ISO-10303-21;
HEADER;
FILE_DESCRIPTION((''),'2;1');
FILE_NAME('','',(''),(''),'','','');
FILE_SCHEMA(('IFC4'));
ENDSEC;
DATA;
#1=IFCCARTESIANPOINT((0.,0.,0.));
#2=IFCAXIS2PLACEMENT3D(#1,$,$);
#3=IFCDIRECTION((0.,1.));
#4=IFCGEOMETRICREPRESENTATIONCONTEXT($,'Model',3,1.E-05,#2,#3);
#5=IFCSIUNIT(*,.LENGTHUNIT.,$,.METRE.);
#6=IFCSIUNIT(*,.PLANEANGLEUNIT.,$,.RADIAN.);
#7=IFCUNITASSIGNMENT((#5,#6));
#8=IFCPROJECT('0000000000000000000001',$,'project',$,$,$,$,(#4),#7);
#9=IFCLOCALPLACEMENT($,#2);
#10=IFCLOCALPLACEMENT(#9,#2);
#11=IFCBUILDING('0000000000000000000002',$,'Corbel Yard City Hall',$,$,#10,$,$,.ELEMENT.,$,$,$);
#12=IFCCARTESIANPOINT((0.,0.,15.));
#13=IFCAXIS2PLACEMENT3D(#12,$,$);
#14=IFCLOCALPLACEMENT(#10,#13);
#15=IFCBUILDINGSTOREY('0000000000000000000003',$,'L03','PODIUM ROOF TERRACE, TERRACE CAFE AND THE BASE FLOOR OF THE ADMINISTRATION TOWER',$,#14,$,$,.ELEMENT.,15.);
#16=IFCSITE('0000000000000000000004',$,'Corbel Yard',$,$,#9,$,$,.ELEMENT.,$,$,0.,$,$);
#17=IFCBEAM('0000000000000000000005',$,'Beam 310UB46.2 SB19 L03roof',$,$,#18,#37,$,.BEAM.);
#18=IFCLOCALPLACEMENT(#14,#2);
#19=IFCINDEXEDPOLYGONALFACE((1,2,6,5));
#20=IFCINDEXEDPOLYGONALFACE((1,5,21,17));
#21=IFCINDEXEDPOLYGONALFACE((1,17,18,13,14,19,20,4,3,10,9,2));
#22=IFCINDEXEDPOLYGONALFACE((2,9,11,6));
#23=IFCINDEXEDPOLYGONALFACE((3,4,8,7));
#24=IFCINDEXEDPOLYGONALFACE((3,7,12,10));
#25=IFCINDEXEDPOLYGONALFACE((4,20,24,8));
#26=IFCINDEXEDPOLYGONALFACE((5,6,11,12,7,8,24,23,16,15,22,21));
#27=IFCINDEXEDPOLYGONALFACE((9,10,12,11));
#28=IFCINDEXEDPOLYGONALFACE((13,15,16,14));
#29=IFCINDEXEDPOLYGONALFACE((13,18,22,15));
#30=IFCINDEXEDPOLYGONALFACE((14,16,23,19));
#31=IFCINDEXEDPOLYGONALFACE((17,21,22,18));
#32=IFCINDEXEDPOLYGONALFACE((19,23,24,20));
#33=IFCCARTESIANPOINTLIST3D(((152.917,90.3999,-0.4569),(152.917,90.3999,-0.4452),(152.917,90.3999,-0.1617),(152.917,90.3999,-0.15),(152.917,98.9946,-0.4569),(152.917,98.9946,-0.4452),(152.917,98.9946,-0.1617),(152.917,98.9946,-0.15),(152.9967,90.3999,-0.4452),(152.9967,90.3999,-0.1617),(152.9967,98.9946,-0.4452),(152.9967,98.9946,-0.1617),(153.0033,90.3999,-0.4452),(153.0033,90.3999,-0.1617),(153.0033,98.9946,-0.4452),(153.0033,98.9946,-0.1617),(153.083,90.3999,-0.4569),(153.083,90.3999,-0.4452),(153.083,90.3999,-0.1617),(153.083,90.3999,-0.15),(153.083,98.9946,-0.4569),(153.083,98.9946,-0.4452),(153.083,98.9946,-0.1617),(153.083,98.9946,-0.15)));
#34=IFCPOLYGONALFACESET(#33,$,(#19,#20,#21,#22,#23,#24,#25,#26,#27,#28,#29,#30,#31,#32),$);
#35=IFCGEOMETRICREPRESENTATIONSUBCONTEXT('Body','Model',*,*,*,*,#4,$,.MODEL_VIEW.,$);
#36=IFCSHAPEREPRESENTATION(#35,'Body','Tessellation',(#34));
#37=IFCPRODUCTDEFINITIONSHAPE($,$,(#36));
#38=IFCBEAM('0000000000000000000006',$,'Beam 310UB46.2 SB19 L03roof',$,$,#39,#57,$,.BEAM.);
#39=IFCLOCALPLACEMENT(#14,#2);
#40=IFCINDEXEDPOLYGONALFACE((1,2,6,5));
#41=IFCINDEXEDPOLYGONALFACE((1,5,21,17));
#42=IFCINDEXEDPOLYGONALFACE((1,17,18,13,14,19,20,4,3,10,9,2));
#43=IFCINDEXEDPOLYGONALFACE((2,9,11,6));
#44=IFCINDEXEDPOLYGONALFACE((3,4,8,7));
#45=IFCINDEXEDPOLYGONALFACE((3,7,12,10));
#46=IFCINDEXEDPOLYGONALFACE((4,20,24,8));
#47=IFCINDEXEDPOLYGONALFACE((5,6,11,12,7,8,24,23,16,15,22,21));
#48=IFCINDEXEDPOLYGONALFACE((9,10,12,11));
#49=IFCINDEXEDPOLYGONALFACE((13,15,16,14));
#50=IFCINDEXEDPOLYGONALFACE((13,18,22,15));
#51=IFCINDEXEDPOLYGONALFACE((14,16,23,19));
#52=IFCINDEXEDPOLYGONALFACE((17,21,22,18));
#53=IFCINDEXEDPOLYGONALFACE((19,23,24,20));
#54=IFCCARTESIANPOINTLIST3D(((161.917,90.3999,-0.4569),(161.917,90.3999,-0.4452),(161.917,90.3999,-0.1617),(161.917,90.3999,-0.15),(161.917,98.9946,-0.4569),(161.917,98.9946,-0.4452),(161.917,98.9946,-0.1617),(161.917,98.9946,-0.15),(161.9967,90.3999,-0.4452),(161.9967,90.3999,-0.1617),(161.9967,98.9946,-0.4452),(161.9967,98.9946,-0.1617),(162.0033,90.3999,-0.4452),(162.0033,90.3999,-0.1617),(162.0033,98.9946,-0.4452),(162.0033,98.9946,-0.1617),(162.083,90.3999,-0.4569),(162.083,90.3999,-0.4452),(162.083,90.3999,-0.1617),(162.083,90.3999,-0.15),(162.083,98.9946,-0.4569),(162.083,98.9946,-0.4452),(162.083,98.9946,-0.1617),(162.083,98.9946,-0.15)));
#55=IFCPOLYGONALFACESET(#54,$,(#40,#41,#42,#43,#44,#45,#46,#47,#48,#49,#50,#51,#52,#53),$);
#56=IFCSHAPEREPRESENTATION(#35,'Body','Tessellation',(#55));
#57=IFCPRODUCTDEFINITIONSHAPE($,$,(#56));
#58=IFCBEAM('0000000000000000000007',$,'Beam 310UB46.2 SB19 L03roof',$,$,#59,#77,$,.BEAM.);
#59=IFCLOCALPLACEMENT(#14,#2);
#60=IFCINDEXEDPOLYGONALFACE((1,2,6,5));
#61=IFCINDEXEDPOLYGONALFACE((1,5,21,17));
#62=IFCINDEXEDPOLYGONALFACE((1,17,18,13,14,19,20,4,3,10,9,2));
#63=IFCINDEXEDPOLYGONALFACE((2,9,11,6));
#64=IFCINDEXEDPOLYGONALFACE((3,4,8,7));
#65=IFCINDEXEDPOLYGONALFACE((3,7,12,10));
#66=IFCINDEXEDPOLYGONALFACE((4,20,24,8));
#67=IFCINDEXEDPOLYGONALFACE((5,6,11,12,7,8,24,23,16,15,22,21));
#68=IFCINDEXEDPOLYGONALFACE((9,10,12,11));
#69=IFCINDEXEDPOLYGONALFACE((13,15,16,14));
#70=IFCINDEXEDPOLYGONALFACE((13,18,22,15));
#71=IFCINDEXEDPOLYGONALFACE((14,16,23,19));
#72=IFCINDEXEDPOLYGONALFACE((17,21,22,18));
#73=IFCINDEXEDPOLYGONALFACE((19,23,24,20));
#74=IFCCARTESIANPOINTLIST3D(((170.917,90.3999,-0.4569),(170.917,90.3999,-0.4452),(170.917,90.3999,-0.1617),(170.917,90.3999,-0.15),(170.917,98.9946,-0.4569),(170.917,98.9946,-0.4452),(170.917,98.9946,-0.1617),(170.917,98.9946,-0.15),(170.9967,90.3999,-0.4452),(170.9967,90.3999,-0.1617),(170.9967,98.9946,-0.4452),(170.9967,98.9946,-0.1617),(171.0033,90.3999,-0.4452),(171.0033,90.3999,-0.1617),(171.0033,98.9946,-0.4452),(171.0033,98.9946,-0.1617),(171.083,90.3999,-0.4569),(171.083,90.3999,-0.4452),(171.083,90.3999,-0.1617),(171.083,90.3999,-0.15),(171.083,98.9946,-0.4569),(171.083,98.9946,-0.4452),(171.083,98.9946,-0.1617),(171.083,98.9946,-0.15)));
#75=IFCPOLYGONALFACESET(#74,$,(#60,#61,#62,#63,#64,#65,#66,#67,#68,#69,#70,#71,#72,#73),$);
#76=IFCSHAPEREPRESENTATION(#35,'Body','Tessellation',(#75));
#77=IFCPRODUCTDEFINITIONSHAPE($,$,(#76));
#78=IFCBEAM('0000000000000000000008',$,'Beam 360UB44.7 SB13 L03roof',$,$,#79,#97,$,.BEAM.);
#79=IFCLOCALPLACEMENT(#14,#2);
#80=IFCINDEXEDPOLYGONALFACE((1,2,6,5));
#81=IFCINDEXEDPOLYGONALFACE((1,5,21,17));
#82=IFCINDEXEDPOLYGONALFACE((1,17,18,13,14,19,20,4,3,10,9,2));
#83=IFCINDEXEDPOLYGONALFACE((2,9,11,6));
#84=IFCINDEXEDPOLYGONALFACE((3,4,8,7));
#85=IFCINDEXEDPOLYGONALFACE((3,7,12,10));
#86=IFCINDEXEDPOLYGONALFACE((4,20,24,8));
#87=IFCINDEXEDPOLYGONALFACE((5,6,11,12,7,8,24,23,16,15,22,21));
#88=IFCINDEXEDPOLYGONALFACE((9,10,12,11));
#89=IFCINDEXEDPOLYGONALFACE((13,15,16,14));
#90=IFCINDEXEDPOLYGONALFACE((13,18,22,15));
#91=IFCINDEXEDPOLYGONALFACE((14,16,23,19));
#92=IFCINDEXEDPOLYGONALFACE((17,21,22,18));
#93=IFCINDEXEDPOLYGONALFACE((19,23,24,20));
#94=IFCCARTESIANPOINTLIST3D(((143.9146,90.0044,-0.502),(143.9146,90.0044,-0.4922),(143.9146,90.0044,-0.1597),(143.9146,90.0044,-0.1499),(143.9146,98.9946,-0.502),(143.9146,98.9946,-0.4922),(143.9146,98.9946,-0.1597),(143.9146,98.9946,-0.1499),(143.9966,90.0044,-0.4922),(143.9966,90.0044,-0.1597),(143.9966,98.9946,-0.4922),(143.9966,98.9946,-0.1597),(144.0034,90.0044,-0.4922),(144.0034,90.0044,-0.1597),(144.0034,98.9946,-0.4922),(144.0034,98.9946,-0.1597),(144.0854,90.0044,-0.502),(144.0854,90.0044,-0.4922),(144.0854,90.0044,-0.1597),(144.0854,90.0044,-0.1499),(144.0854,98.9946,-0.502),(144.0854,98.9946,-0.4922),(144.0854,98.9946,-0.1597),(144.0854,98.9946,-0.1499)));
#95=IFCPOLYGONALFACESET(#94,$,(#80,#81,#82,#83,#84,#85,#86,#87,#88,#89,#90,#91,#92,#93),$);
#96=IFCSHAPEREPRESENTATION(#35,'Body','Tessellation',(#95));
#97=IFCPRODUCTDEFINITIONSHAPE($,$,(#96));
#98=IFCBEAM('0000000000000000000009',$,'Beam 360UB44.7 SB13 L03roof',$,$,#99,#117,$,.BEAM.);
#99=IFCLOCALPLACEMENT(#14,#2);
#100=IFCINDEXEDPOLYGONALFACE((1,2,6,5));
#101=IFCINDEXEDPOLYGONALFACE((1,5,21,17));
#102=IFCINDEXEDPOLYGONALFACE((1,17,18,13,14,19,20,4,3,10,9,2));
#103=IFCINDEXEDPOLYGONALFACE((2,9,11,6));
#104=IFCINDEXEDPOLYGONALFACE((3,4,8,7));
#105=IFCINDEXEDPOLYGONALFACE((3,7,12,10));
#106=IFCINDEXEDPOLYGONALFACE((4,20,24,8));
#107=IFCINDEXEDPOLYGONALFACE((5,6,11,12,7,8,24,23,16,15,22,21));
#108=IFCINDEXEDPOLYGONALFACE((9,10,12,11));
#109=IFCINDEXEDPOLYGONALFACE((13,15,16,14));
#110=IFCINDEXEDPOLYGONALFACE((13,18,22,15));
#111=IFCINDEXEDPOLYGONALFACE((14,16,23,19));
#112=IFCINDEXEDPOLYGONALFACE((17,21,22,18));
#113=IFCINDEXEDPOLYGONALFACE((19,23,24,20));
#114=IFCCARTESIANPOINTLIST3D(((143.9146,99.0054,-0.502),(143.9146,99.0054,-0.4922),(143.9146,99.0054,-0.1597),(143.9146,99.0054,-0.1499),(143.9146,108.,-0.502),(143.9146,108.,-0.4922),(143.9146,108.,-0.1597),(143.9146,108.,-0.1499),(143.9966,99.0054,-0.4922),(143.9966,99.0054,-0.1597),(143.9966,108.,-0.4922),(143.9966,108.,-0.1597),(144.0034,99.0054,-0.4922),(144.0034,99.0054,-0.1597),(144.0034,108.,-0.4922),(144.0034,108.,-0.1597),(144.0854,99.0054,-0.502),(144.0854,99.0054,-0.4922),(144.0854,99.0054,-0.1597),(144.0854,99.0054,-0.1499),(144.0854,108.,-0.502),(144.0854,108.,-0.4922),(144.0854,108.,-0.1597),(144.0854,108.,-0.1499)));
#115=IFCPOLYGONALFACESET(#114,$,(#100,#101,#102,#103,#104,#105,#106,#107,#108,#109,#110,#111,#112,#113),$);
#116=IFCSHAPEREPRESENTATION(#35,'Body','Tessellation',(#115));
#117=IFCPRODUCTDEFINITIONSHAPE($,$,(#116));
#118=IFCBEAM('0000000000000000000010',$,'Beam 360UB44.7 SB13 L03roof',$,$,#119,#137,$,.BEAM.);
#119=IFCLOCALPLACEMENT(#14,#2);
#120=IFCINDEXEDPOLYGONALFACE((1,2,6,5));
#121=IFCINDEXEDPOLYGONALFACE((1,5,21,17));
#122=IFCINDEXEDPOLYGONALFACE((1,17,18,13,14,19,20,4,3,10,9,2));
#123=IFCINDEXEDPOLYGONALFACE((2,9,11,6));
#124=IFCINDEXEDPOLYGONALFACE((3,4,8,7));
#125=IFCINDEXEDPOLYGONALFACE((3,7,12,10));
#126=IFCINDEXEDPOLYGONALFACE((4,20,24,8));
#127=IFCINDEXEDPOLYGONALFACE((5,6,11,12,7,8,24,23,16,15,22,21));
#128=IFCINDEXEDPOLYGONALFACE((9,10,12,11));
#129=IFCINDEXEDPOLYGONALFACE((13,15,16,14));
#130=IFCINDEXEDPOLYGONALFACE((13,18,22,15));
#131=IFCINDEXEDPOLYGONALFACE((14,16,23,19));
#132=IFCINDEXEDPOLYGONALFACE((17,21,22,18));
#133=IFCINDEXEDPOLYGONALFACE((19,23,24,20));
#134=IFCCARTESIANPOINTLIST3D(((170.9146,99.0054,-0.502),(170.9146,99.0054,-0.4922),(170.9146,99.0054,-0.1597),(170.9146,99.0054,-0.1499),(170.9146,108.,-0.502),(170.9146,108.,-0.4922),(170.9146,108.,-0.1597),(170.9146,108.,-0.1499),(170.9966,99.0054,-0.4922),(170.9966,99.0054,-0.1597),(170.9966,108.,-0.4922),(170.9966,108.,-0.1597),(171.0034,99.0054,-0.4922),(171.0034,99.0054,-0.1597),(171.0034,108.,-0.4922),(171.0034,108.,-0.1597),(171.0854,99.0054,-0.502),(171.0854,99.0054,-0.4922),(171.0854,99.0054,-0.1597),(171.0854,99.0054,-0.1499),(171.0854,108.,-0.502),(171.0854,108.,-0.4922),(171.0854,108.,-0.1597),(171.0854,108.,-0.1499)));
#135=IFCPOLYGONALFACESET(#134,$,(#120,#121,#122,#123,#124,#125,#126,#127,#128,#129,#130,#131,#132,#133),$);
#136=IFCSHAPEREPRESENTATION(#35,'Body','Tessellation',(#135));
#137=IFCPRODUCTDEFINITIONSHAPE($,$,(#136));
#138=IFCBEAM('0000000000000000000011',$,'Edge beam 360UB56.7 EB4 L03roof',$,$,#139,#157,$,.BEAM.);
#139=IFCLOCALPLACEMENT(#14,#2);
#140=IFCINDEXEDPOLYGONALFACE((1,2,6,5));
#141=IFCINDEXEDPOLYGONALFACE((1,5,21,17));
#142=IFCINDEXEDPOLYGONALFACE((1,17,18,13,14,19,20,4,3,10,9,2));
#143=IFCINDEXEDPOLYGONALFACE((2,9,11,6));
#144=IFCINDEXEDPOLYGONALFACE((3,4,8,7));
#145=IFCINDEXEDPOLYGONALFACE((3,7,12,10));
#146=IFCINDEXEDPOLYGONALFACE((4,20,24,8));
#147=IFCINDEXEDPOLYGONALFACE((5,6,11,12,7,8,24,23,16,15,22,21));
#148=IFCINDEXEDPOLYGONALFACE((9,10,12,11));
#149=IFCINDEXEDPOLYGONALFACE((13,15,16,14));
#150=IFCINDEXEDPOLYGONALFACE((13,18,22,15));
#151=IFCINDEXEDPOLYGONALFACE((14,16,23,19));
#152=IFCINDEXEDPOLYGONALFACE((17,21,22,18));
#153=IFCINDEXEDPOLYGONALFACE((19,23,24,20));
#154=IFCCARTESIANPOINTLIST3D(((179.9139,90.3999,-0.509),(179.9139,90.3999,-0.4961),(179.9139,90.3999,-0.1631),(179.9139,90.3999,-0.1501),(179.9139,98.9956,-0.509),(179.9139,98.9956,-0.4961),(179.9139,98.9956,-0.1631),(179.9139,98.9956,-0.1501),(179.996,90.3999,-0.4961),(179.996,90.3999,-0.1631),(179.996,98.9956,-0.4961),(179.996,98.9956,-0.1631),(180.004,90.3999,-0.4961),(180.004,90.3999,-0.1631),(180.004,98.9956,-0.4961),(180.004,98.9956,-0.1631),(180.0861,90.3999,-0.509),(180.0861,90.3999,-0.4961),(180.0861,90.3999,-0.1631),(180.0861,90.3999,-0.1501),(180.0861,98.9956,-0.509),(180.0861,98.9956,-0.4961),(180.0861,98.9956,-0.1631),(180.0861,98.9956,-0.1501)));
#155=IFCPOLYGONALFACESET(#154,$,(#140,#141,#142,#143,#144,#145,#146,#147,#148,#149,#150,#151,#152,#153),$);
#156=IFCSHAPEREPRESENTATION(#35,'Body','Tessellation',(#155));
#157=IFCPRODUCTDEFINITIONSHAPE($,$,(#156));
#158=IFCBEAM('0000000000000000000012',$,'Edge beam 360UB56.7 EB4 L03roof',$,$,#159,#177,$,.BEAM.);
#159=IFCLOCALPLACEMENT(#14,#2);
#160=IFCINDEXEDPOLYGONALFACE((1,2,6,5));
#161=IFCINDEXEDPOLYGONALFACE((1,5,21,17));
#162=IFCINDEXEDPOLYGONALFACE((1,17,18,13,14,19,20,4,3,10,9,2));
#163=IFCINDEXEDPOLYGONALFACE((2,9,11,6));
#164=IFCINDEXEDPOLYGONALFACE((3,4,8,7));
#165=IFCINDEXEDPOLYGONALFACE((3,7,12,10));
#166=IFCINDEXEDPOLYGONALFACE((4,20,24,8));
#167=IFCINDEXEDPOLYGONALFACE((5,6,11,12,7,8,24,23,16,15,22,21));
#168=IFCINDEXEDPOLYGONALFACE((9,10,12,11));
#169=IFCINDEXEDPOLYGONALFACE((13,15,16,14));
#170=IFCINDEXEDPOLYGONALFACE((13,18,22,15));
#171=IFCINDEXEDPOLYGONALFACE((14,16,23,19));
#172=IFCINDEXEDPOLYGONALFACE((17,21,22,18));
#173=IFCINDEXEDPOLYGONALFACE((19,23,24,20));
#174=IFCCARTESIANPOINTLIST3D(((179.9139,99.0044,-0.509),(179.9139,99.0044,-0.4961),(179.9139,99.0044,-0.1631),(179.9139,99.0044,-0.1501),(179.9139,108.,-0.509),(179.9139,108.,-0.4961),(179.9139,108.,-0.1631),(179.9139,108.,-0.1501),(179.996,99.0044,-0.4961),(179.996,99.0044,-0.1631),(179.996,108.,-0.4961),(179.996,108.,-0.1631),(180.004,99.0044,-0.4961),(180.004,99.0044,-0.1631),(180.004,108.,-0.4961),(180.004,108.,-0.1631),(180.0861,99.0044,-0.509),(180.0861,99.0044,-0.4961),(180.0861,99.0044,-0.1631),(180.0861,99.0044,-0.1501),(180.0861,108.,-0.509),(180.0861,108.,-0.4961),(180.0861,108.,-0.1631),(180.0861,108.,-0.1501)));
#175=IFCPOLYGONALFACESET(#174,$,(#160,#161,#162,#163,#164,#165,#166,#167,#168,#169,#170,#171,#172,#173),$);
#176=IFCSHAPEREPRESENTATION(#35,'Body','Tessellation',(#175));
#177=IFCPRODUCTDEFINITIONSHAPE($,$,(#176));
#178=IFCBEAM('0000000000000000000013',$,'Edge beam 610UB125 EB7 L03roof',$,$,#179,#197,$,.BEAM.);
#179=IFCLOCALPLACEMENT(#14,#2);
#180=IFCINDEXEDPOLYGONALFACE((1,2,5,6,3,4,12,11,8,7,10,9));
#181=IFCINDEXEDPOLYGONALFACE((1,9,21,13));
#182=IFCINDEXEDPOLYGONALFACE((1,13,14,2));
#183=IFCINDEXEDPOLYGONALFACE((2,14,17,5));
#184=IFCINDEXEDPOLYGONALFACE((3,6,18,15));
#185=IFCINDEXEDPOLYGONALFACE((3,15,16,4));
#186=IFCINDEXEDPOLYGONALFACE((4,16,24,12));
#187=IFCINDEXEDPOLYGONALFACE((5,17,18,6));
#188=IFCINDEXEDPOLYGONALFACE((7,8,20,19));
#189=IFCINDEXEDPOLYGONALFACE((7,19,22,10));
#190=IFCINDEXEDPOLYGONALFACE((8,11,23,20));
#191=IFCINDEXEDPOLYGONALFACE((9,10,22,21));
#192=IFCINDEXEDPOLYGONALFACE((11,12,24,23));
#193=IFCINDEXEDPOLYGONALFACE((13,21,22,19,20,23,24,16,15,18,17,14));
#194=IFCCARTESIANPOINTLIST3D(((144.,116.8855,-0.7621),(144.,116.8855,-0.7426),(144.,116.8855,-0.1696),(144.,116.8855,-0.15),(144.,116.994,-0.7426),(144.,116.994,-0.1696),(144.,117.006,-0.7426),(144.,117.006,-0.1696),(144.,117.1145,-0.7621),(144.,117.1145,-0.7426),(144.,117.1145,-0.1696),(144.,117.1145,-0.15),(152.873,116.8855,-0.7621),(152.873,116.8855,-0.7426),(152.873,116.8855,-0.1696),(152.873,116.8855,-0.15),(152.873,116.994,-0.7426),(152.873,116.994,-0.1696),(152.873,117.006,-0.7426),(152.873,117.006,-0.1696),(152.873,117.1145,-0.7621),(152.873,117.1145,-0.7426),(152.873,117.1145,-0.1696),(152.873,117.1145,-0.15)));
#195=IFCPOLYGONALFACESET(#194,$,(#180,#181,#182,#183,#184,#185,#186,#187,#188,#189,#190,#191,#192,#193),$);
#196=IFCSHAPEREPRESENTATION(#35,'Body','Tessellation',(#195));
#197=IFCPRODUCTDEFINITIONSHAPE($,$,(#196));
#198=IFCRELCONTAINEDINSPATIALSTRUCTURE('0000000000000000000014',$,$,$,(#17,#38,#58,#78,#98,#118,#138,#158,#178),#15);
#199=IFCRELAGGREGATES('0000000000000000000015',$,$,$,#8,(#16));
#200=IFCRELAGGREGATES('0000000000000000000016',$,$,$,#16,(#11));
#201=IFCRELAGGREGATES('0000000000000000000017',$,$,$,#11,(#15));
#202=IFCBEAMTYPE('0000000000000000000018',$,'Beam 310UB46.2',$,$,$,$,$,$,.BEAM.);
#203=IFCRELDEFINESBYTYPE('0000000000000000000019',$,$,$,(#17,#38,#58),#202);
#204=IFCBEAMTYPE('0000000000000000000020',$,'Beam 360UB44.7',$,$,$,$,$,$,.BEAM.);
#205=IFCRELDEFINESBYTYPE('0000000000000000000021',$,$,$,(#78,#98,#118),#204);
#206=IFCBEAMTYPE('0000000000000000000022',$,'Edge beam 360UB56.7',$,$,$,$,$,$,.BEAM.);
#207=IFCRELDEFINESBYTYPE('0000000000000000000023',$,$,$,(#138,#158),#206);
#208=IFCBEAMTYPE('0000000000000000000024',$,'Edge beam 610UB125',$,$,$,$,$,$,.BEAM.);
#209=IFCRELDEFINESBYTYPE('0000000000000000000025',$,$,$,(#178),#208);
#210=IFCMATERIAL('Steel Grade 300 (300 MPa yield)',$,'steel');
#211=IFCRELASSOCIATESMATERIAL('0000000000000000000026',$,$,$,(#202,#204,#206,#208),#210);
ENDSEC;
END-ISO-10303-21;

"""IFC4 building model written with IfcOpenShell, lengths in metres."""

from ifc_helpers import new_model, si_unit, direction, frame, origin, origin_2d, place, context, subcontext, project, spatial, i_section, extrude, material, material_profile, profile_set, type_object, element, save


model = new_model("IFC4")

# Units and contexts
model_context = context("Model", 3, precision=1e-05, world=origin(), true_north=direction((0.0, 1.0)))
body_context = subcontext(model_context, "Body", "Model", "MODEL_VIEW")
ifc_project = project(units=[si_unit("LENGTHUNIT", "METRE"), si_unit("PLANEANGLEUNIT", "RADIAN")], contexts=[model_context])

# Site, building, storey
site_placement = place(None, origin())
site = spatial("IfcSite", under=ifc_project, at=site_placement, Name="Corbel Yard", CompositionType="ELEMENT", RefElevation=0.0)
building_placement = place(site_placement, origin())
building = spatial("IfcBuilding", under=site, at=building_placement, Name="Corbel Yard City Hall", CompositionType="ELEMENT")
storey_placement = place(building_placement, frame((0.0, 0.0, 15.0)))
storey = spatial("IfcBuildingStorey", under=building, at=storey_placement, Name="L03", Description="PODIUM ROOF TERRACE, TERRACE CAFE AND THE BASE FLOOR OF THE ADMINISTRATION TOWER", CompositionType="ELEMENT", Elevation=15.0)

# Beams
ifc_material_1 = material(Name="Steel Grade 300 (300 MPa yield)", Category="steel")
ifc_material_profile_1 = material_profile(ifc_material_1, i_section(OverallWidth=0.166, OverallDepth=0.3069, WebThickness=0.0066, FlangeThickness=0.0117, at=origin_2d()), Name="310UB46.2")
ifc_profile_set_1 = profile_set([ifc_material_profile_1], Name="Steel Grade 300 (300 MPa yield)")
beam_type_1 = type_object("IfcBeamType", Name="Beam 310UB46.2", PredefinedType="BEAM", material=ifc_profile_set_1)
for number, where, z_axis, x_axis, name in (
    (1, (153.0, 90.3999, -0.3035), (0.0, 1.0, 0.0), (-1.0, 0.0, 0.0), "Beam 310UB46.2 SB19 L03roof"),
    (2, (162.0, 90.3999, -0.3035), (0.0, 1.0, 0.0), (-1.0, 0.0, 0.0), "Beam 310UB46.2 SB19 L03roof"),
    (3, (171.0, 90.3999, -0.3035), (0.0, 1.0, 0.0), (-1.0, 0.0, 0.0), "Beam 310UB46.2 SB19 L03roof"),
):
    element("IfcBeam", number, at=place(storey_placement, frame(where, z_axis=z_axis, x_axis=x_axis)), inside=storey, type_object=beam_type_1, Name=name, PredefinedType="BEAM", context=body_context, shape_type="SweptSolid", body=[
        extrude(i_section(OverallWidth=0.166, OverallDepth=0.3069, WebThickness=0.0066, FlangeThickness=0.0117, at=origin_2d()), origin(), (0.0, 0.0, 1.0), 8.5947),
    ])
ifc_material_profile_2 = material_profile(ifc_material_1, i_section(OverallWidth=0.1709, OverallDepth=0.3521, WebThickness=0.0068, FlangeThickness=0.0098, at=origin_2d()), Name="360UB44.7")
ifc_profile_set_2 = profile_set([ifc_material_profile_2], Name="Steel Grade 300 (300 MPa yield)")
beam_type_2 = type_object("IfcBeamType", Name="Beam 360UB44.7", PredefinedType="BEAM", material=ifc_profile_set_2)
beam_1_placement = place(storey_placement, frame((144.0, 90.0044, -0.3259), z_axis=(0.0, 1.0, 0.0), x_axis=(-1.0, 0.0, 0.0)))
element("IfcBeam", 4, at=beam_1_placement, inside=storey, type_object=beam_type_2, Name="Beam 360UB44.7 SB13 L03roof", PredefinedType="BEAM", context=body_context, shape_type="SweptSolid", body=[
    extrude(i_section(OverallWidth=0.1709, OverallDepth=0.3521, WebThickness=0.0068, FlangeThickness=0.0098, at=origin_2d()), origin(), (0.0, 0.0, 1.0), 8.9902),
])
for number, where, z_axis, x_axis, name in (
    (5, (144.0, 99.0054, -0.3259), (0.0, 1.0, 0.0), (-1.0, 0.0, 0.0), "Beam 360UB44.7 SB13 L03roof"),
    (6, (171.0, 99.0054, -0.3259), (0.0, 1.0, 0.0), (-1.0, 0.0, 0.0), "Beam 360UB44.7 SB13 L03roof"),
):
    element("IfcBeam", number, at=place(storey_placement, frame(where, z_axis=z_axis, x_axis=x_axis)), inside=storey, type_object=beam_type_2, Name=name, PredefinedType="BEAM", context=body_context, shape_type="SweptSolid", body=[
        extrude(i_section(OverallWidth=0.1709, OverallDepth=0.3521, WebThickness=0.0068, FlangeThickness=0.0098, at=origin_2d()), origin(), (0.0, 0.0, 1.0), 8.9946),
    ])
ifc_material_profile_3 = material_profile(ifc_material_1, i_section(OverallWidth=0.1721, OverallDepth=0.3589, WebThickness=0.0081, FlangeThickness=0.0129, at=origin_2d()), Name="360UB56.7")
ifc_profile_set_3 = profile_set([ifc_material_profile_3], Name="Steel Grade 300 (300 MPa yield)")
beam_type_3 = type_object("IfcBeamType", Name="Edge beam 360UB56.7", PredefinedType="BEAM", material=ifc_profile_set_3)
beam_2_placement = place(storey_placement, frame((180.0, 90.3999, -0.3296), z_axis=(0.0, 1.0, 0.0), x_axis=(-1.0, 0.0, 0.0)))
element("IfcBeam", 7, at=beam_2_placement, inside=storey, type_object=beam_type_3, Name="Edge beam 360UB56.7 EB4 L03roof", PredefinedType="BEAM", context=body_context, shape_type="SweptSolid", body=[
    extrude(i_section(OverallWidth=0.1721, OverallDepth=0.3589, WebThickness=0.0081, FlangeThickness=0.0129, at=origin_2d()), origin(), (0.0, 0.0, 1.0), 8.5957),
])
beam_3_placement = place(storey_placement, frame((180.0, 99.0044, -0.3296), z_axis=(0.0, 1.0, 0.0), x_axis=(-1.0, 0.0, 0.0)))
element("IfcBeam", 8, at=beam_3_placement, inside=storey, type_object=beam_type_3, Name="Edge beam 360UB56.7 EB4 L03roof", PredefinedType="BEAM", context=body_context, shape_type="SweptSolid", body=[
    extrude(i_section(OverallWidth=0.1721, OverallDepth=0.3589, WebThickness=0.0081, FlangeThickness=0.0129, at=origin_2d()), origin(), (0.0, 0.0, 1.0), 8.9956),
])
ifc_material_profile_4 = material_profile(ifc_material_1, i_section(OverallWidth=0.229, OverallDepth=0.6121, WebThickness=0.012, FlangeThickness=0.0195, at=origin_2d()), Name="610UB125")
ifc_profile_set_4 = profile_set([ifc_material_profile_4], Name="Steel Grade 300 (300 MPa yield)")
beam_type_4 = type_object("IfcBeamType", Name="Edge beam 610UB125", PredefinedType="BEAM", material=ifc_profile_set_4)
beam_4_placement = place(storey_placement, frame((144.0, 117.0, -0.4561), z_axis=(1.0, 0.0, 0.0), x_axis=(0.0, 1.0, 0.0)))
element("IfcBeam", 9, at=beam_4_placement, inside=storey, type_object=beam_type_4, Name="Edge beam 610UB125 EB7 L03roof", PredefinedType="BEAM", context=body_context, shape_type="SweptSolid", body=[
    extrude(i_section(OverallWidth=0.229, OverallDepth=0.6121, WebThickness=0.012, FlangeThickness=0.0195, at=origin_2d()), origin(), (0.0, 0.0, 1.0), 8.873),
])

save(model, "model.ifc")
